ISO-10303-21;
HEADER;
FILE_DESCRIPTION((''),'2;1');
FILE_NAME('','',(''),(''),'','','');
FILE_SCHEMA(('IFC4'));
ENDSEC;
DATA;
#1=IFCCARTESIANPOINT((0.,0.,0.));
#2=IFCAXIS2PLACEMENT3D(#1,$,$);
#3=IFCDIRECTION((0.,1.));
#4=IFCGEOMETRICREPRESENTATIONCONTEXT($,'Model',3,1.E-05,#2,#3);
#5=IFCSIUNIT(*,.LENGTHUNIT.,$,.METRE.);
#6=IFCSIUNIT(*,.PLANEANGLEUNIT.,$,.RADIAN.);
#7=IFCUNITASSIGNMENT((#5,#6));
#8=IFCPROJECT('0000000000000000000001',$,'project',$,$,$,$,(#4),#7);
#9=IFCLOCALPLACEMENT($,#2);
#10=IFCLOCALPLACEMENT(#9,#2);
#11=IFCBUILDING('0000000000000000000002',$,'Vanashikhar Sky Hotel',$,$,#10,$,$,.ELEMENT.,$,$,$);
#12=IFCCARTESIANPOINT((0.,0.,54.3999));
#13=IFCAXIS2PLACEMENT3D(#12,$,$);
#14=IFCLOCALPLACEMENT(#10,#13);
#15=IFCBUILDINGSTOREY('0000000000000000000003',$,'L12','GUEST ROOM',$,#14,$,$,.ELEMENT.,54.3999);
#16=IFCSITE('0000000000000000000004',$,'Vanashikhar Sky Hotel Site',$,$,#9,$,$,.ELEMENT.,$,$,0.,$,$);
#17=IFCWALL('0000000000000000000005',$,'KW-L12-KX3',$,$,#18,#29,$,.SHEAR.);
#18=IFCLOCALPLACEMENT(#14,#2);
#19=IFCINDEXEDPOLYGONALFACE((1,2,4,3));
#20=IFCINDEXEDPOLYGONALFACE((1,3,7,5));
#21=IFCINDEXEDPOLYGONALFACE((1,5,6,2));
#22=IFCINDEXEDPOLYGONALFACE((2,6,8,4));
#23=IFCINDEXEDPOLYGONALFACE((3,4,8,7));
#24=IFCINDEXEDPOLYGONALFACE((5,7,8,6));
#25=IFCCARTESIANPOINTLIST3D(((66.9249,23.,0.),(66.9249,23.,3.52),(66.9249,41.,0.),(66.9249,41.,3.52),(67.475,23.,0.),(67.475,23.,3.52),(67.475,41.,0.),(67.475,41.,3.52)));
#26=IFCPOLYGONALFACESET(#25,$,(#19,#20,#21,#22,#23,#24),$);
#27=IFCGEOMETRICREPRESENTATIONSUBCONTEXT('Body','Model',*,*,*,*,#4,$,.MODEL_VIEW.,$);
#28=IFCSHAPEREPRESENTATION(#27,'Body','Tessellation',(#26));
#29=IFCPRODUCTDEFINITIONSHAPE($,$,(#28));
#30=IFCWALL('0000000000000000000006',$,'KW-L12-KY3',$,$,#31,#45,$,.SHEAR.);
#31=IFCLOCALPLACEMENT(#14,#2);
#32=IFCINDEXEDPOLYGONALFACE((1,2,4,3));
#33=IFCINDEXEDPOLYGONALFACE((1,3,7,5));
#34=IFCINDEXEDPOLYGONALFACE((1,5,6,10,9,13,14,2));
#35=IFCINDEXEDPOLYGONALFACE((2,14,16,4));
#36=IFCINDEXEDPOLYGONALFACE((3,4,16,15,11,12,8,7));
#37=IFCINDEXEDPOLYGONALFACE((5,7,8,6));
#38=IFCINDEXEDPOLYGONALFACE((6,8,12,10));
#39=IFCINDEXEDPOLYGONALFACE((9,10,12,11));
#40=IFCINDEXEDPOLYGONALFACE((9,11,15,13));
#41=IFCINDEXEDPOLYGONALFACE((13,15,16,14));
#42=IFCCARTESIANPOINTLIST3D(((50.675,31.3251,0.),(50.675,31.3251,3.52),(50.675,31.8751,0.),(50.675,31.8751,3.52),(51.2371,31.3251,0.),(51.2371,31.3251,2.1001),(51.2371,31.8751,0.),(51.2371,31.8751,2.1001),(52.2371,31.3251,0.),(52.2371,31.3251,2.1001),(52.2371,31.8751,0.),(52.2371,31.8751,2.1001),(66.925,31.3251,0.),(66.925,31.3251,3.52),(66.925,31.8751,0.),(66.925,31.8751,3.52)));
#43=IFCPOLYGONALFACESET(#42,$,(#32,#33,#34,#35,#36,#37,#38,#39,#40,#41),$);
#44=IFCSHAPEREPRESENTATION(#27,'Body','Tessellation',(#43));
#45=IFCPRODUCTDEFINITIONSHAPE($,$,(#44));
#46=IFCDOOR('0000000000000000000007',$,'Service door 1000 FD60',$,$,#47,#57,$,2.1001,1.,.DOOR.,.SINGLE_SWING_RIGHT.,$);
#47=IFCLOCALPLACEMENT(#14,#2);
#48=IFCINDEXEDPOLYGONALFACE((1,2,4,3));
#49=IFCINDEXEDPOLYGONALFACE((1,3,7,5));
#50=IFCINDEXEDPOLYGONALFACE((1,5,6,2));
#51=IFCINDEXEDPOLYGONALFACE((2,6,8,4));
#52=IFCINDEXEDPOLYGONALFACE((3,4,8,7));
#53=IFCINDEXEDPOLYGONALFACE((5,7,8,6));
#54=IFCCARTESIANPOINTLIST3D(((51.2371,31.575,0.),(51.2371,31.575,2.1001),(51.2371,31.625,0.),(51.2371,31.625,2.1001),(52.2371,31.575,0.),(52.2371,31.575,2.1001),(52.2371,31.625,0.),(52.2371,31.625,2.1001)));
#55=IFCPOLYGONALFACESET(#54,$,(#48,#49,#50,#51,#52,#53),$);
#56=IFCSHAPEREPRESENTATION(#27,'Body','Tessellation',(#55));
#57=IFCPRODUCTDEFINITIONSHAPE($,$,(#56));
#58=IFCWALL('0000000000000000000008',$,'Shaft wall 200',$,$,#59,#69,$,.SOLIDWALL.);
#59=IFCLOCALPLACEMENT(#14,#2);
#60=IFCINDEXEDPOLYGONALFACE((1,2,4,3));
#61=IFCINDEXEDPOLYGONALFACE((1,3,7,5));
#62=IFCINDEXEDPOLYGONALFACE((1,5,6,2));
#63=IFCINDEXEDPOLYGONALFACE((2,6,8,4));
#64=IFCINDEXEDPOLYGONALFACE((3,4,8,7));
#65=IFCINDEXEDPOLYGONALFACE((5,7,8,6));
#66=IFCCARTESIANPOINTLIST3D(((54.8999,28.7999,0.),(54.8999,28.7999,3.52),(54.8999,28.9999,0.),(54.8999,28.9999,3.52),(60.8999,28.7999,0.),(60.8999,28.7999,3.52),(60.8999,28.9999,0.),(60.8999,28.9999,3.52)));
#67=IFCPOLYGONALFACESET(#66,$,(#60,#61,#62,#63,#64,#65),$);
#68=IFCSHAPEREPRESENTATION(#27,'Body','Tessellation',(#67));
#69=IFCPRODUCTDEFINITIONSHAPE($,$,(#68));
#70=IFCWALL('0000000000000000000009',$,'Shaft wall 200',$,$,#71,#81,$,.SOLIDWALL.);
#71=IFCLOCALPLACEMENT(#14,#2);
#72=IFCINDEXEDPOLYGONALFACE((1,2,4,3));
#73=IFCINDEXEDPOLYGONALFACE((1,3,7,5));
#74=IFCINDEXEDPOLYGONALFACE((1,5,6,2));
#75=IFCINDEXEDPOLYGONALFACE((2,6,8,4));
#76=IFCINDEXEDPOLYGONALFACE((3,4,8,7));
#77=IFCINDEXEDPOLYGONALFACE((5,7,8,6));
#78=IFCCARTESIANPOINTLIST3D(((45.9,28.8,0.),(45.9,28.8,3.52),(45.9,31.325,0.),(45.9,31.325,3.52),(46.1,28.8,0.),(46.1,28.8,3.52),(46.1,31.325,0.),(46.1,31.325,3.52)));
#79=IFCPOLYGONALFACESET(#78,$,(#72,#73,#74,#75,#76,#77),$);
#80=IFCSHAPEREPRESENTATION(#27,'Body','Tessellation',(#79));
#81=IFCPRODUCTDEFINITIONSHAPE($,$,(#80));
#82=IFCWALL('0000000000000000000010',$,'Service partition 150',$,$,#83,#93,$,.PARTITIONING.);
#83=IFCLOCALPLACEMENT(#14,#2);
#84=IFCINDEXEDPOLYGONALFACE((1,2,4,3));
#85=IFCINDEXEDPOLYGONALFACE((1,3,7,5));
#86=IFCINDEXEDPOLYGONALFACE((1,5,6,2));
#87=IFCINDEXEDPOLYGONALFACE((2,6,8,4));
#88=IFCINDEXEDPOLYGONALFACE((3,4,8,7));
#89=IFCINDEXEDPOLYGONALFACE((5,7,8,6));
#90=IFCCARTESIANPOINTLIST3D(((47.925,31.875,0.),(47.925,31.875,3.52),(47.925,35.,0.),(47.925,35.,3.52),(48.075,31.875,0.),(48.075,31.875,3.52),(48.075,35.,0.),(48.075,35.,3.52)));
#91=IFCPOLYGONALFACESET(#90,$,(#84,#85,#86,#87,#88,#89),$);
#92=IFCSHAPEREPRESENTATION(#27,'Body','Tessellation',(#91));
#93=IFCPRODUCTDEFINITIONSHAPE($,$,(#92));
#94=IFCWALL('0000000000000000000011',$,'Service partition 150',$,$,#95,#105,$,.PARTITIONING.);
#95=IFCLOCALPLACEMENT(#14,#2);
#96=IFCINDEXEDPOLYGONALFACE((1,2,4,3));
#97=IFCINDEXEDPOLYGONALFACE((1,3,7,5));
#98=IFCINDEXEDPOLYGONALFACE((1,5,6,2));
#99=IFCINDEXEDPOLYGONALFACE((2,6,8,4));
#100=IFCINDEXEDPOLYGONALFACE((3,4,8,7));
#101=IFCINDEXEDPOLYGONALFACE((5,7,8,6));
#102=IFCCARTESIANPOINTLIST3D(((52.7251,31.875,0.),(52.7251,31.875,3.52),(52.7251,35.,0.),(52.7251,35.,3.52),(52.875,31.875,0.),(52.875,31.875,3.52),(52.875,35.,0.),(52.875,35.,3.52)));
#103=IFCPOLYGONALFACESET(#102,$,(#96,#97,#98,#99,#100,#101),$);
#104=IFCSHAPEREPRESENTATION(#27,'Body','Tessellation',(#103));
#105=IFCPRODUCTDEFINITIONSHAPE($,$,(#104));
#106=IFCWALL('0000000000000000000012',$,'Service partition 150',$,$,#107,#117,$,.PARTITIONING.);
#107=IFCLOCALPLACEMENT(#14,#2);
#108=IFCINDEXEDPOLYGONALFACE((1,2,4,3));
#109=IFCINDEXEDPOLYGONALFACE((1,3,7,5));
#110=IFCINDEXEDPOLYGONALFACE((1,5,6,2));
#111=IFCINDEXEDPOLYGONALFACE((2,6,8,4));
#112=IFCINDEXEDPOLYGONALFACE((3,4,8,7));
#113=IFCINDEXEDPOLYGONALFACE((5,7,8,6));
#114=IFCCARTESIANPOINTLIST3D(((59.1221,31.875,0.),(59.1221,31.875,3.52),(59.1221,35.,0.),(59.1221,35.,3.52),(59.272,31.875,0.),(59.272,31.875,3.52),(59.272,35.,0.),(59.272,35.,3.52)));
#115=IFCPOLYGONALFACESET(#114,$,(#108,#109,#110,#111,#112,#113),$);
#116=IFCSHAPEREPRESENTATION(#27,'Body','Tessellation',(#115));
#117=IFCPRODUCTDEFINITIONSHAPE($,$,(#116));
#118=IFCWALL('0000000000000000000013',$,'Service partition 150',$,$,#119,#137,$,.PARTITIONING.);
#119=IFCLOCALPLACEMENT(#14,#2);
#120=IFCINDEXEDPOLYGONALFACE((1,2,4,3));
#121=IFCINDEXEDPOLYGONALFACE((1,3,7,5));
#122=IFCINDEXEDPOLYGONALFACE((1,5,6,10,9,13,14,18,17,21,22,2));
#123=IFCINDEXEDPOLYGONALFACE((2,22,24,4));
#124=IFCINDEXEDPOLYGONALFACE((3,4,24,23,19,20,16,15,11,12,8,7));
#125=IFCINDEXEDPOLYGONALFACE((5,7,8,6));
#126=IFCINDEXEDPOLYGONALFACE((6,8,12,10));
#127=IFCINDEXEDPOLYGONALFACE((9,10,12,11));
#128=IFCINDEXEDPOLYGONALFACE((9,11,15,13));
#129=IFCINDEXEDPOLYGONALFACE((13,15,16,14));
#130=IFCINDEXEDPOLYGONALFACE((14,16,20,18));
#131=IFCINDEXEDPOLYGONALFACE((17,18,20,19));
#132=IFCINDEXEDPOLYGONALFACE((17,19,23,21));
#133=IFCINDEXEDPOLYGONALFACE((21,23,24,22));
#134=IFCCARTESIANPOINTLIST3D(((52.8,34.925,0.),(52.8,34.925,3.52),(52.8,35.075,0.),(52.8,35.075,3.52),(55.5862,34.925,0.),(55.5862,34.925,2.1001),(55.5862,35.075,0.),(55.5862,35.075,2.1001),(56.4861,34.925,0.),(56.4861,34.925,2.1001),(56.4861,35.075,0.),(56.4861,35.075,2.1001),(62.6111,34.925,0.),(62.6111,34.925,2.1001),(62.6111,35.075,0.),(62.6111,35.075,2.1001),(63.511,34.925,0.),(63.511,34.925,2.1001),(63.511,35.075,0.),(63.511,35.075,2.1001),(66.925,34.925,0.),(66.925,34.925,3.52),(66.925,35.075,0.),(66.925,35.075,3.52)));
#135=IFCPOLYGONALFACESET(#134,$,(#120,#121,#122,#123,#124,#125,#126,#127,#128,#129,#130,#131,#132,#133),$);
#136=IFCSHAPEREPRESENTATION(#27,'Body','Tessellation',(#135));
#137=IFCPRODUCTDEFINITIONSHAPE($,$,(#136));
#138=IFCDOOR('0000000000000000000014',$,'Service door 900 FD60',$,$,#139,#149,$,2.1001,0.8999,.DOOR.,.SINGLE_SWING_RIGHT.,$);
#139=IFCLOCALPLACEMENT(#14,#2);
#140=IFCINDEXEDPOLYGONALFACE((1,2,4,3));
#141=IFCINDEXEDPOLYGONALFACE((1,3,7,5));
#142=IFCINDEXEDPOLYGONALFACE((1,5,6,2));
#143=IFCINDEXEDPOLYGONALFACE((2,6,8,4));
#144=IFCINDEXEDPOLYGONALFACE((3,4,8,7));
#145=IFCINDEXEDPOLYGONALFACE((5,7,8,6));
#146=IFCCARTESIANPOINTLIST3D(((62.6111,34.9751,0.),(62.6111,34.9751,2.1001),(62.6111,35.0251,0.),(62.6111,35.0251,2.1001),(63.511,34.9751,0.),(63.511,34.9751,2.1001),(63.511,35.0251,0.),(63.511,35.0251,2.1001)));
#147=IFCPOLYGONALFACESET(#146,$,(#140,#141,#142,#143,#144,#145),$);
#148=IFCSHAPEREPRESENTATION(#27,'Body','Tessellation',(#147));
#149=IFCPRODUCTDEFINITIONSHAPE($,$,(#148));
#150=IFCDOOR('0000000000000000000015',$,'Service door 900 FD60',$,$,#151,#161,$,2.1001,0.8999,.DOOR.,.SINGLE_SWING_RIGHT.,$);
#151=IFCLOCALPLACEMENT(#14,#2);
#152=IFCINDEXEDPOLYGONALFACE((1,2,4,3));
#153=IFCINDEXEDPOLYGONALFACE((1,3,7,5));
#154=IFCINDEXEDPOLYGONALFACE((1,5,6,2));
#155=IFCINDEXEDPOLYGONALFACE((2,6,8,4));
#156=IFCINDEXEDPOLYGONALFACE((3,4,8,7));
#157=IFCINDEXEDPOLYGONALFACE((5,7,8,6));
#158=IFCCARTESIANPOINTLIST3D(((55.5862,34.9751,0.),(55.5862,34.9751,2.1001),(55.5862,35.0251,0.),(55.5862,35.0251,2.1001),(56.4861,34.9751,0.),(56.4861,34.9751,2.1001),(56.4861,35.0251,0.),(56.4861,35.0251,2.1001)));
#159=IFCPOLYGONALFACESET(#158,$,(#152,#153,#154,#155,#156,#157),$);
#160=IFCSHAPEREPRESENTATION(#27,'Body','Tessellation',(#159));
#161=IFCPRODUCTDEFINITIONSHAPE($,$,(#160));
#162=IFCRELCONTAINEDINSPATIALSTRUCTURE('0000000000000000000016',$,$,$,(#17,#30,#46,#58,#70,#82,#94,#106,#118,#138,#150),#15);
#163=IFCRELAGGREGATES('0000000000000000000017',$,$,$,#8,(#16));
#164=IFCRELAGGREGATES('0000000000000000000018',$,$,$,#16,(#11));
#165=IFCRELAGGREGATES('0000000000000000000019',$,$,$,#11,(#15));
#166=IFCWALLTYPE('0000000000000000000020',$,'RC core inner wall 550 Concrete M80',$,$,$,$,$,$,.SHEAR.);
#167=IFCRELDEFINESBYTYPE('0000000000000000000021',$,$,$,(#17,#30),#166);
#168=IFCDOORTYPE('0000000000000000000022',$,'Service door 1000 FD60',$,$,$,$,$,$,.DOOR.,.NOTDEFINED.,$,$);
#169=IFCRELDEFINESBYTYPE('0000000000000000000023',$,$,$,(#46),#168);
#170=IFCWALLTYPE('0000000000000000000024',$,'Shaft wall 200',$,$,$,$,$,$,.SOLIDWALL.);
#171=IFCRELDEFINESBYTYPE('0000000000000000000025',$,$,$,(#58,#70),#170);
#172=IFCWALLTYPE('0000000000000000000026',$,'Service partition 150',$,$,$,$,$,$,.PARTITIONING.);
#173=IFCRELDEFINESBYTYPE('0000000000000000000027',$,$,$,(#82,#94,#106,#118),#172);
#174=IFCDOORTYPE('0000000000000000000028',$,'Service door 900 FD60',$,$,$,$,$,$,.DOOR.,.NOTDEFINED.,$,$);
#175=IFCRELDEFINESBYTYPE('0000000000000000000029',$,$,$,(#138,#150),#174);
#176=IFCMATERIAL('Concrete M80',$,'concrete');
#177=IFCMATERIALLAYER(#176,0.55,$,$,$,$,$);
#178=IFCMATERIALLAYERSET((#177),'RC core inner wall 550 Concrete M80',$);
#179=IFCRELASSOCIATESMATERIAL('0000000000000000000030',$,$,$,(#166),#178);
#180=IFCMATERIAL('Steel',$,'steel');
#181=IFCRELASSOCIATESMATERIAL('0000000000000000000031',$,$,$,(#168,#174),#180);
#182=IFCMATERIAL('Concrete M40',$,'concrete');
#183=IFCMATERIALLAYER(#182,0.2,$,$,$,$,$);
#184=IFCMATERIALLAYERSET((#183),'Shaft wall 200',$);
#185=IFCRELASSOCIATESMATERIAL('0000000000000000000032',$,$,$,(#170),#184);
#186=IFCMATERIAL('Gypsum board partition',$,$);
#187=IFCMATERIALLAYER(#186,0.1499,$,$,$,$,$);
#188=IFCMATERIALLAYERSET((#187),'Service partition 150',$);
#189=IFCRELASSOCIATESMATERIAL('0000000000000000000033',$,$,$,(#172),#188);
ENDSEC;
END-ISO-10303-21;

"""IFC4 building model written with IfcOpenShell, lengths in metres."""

from ifc_helpers import new_model, si_unit, direction, frame, frame_2d, origin, place, context, subcontext, project, spatial, rectangle, extrude, source, transform, mapped, material, layer, layer_set, type_object, element, fill, save


model = new_model("IFC4")

# Units and contexts
model_context = context("Model", 3, precision=1e-05, world=origin(), true_north=direction((0.0, 1.0)))
body_context = subcontext(model_context, "Body", "Model", "MODEL_VIEW")
ifc_project = project(units=[si_unit("LENGTHUNIT", "METRE"), si_unit("PLANEANGLEUNIT", "RADIAN")], contexts=[model_context])

# Site, building, storey
site_placement = place(None, origin())
site = spatial("IfcSite", under=ifc_project, at=site_placement, Name="Vanashikhar Sky Hotel Site", CompositionType="ELEMENT", RefElevation=0.0)
building_placement = place(site_placement, origin())
building = spatial("IfcBuilding", under=site, at=building_placement, Name="Vanashikhar Sky Hotel", CompositionType="ELEMENT")
storey_placement = place(building_placement, frame((0.0, 0.0, 54.3999)))
storey = spatial("IfcBuildingStorey", under=building, at=storey_placement, Name="L12", Description="GUEST ROOM", CompositionType="ELEMENT", Elevation=54.3999)

# Wall
ifc_material_1 = material(Name="Concrete M80", Category="concrete")
ifc_layer_1 = layer(ifc_material_1, 0.55)
ifc_layer_set_1 = layer_set([ifc_layer_1], Name="RC core inner wall 550 Concrete M80")
wall_type_1 = type_object("IfcWallType", Name="RC core inner wall 550 Concrete M80", PredefinedType="SHEAR", material=ifc_layer_set_1)
shared_shape_1 = source(origin(), body_context, "Body", "SweptSolid", [
    extrude(rectangle(XDim=18.0, YDim=0.55, at=frame_2d((9.0, 0.0))), origin(), (0.0, 0.0, 1.0), 3.52),
])
wall_1_placement = place(storey_placement, frame((67.2, 23.0, 0.0), z_axis=(0.0, 0.0, 1.0), x_axis=(0.0, 1.0, 0.0)))
element("IfcWall", 1, at=wall_1_placement, inside=storey, type_object=wall_type_1, Name="KW-L12-KX3", PredefinedType="SHEAR", context=body_context, shape_type="MappedRepresentation", body=[
    mapped(shared_shape_1, transform((0.0, 0.0, 0.0), scale=1.0)),
])

# Wall, opening, door
shared_shape_2 = source(origin(), body_context, "Body", "SweptSolid", [
    extrude(rectangle(XDim=16.25, YDim=0.55, at=frame_2d((8.125, 0.0))), origin(), (0.0, 0.0, 1.0), 3.52),
])
wall_2_placement = place(storey_placement, frame((50.675, 31.6001, 0.0), z_axis=(0.0, 0.0, 1.0), x_axis=(1.0, 0.0, 0.0)))
wall_2 = element("IfcWall", 2, at=wall_2_placement, inside=storey, type_object=wall_type_1, Name="KW-L12-KY3", PredefinedType="SHEAR", context=body_context, shape_type="MappedRepresentation", body=[
    mapped(shared_shape_2, transform((0.0, 0.0, 0.0), scale=1.0)),
])
shared_shape_3 = source(origin(), body_context, "Body", "SweptSolid", [
    extrude(rectangle(XDim=1.0, YDim=2.1001, at=frame_2d((0.5, 1.05))), frame((0.0, 0.2852, 0.0), z_axis=(0.0, -1.0, 0.0), x_axis=(1.0, 0.0, 0.0)), (0.0, 0.0, 1.0), 0.5701),
])
opening_1_placement = place(wall_2_placement, frame((0.562, 0.0, 0.0)))
opening_1 = element("IfcOpeningElement", 3, at=opening_1_placement, cuts=wall_2, PredefinedType="OPENING", context=body_context, shape_type="MappedRepresentation", body=[
    mapped(shared_shape_3, transform((0.0, 0.0, 0.0), scale=1.0)),
])
ifc_material_2 = material(Name="Steel", Category="steel")
door_type_1 = type_object("IfcDoorType", Name="Service door 1000 FD60", OperationType="NOTDEFINED", PredefinedType="DOOR", material=ifc_material_2)
shared_shape_4 = source(origin(), body_context, "Body", "SweptSolid", [
    extrude(rectangle(XDim=1.0, YDim=2.1001, at=frame_2d((0.5, 1.05))), frame((0.0, 0.0249, 0.0), z_axis=(0.0, -1.0, 0.0), x_axis=(1.0, 0.0, 0.0)), (0.0, 0.0, 1.0), 0.05),
])
door_1_placement = place(opening_1_placement, origin())
door_1 = element("IfcDoor", 4, at=door_1_placement, inside=storey, type_object=door_type_1, Name="Service door 1000 FD60", OperationType="SINGLE_SWING_RIGHT", OverallHeight=2.1001, OverallWidth=1.0, PredefinedType="DOOR", context=body_context, shape_type="MappedRepresentation", body=[
    mapped(shared_shape_4, transform((0.0, 0.0, 0.0), scale=1.0)),
])
fill(opening_1, door_1)

# Walls
ifc_material_3 = material(Name="Concrete M40", Category="concrete")
ifc_layer_2 = layer(ifc_material_3, 0.2)
ifc_layer_set_2 = layer_set([ifc_layer_2], Name="Shaft wall 200")
wall_type_2 = type_object("IfcWallType", Name="Shaft wall 200", PredefinedType="SOLIDWALL", material=ifc_layer_set_2)
shared_shape_5 = source(origin(), body_context, "Body", "SweptSolid", [
    extrude(rectangle(XDim=6.0, YDim=0.2, at=frame_2d((3.0, 0.0))), origin(), (0.0, 0.0, 1.0), 3.52),
])
wall_3_placement = place(storey_placement, frame((60.8999, 28.8999, 0.0), z_axis=(0.0, 0.0, 1.0), x_axis=(-1.0, 0.0, 0.0)))
element("IfcWall", 5, at=wall_3_placement, inside=storey, type_object=wall_type_2, Name="Shaft wall 200", PredefinedType="SOLIDWALL", context=body_context, shape_type="MappedRepresentation", body=[
    mapped(shared_shape_5, transform((0.0, 0.0, 0.0), scale=1.0)),
])
shared_shape_6 = source(origin(), body_context, "Body", "SweptSolid", [
    extrude(rectangle(XDim=2.5249, YDim=0.2, at=frame_2d((1.2625, 0.0))), origin(), (0.0, 0.0, 1.0), 3.52),
])
wall_4_placement = place(storey_placement, frame((46.0, 28.8, 0.0), z_axis=(0.0, 0.0, 1.0), x_axis=(0.0, 1.0, 0.0)))
element("IfcWall", 6, at=wall_4_placement, inside=storey, type_object=wall_type_2, Name="Shaft wall 200", PredefinedType="SOLIDWALL", context=body_context, shape_type="MappedRepresentation", body=[
    mapped(shared_shape_6, transform((0.0, 0.0, 0.0), scale=1.0)),
])
ifc_material_4 = material(Name="Gypsum board partition")
ifc_layer_3 = layer(ifc_material_4, 0.1499)
ifc_layer_set_3 = layer_set([ifc_layer_3], Name="Service partition 150")
wall_type_3 = type_object("IfcWallType", Name="Service partition 150", PredefinedType="PARTITIONING", material=ifc_layer_set_3)
shared_shape_7 = source(origin(), body_context, "Body", "SweptSolid", [
    extrude(rectangle(XDim=3.125, YDim=0.1499, at=frame_2d((1.5625, 0.0))), origin(), (0.0, 0.0, 1.0), 3.52),
])
for number, where, z_axis, x_axis, name in (
    (7, (48.0, 31.875, 0.0), (0.0, 0.0, 1.0), (0.0, 1.0, 0.0), "Service partition 150"),
    (8, (52.8, 31.875, 0.0), (0.0, 0.0, 1.0), (0.0, 1.0, 0.0), "Service partition 150"),
    (9, (59.197, 31.875, 0.0), (0.0, 0.0, 1.0), (0.0, 1.0, 0.0), "Service partition 150"),
):
    element("IfcWall", number, at=place(storey_placement, frame(where, z_axis=z_axis, x_axis=x_axis)), inside=storey, type_object=wall_type_3, Name=name, PredefinedType="PARTITIONING", context=body_context, shape_type="MappedRepresentation", body=[
        mapped(shared_shape_7, transform((0.0, 0.0, 0.0), scale=1.0)),
    ])

# Wall, openings, doors
shared_shape_8 = source(origin(), body_context, "Body", "SweptSolid", [
    extrude(rectangle(XDim=14.125, YDim=0.1499, at=frame_2d((7.0625, 0.0))), origin(), (0.0, 0.0, 1.0), 3.52),
])
wall_5_placement = place(storey_placement, frame((66.925, 35.0, 0.0), z_axis=(0.0, 0.0, 1.0), x_axis=(-1.0, 0.0, 0.0)))
wall_5 = element("IfcWall", 10, at=wall_5_placement, inside=storey, type_object=wall_type_3, Name="Service partition 150", PredefinedType="PARTITIONING", context=body_context, shape_type="MappedRepresentation", body=[
    mapped(shared_shape_8, transform((0.0, 0.0, 0.0), scale=1.0)),
])
shared_shape_9 = source(origin(), body_context, "Body", "SweptSolid", [
    extrude(rectangle(XDim=0.8999, YDim=2.1001, at=frame_2d((0.45, 1.05))), frame((0.0, 0.085, 0.0), z_axis=(0.0, -1.0, 0.0), x_axis=(1.0, 0.0, 0.0)), (0.0, 0.0, 1.0), 0.1699),
])
opening_2_placement = place(wall_5_placement, frame((3.4141, 0.0, 0.0)))
opening_2 = element("IfcOpeningElement", 11, at=opening_2_placement, cuts=wall_5, PredefinedType="OPENING", context=body_context, shape_type="MappedRepresentation", body=[
    mapped(shared_shape_9, transform((0.0, 0.0, 0.0), scale=1.0)),
])
opening_3_placement = place(wall_5_placement, frame((10.439, 0.0, 0.0)))
opening_3 = element("IfcOpeningElement", 12, at=opening_3_placement, cuts=wall_5, PredefinedType="OPENING", context=body_context, shape_type="MappedRepresentation", body=[
    mapped(shared_shape_9, transform((0.0, 0.0, 0.0), scale=1.0)),
])
door_type_2 = type_object("IfcDoorType", Name="Service door 900 FD60", OperationType="NOTDEFINED", PredefinedType="DOOR", material=ifc_material_2)
shared_shape_10 = source(origin(), body_context, "Body", "SweptSolid", [
    extrude(rectangle(XDim=0.8999, YDim=2.1001, at=frame_2d((0.45, 1.05))), frame((0.0, 0.0249, 0.0), z_axis=(0.0, -1.0, 0.0), x_axis=(1.0, 0.0, 0.0)), (0.0, 0.0, 1.0), 0.05),
])
door_2_placement = place(opening_2_placement, origin())
door_2 = element("IfcDoor", 13, at=door_2_placement, inside=storey, type_object=door_type_2, Name="Service door 900 FD60", OperationType="SINGLE_SWING_RIGHT", OverallHeight=2.1001, OverallWidth=0.8999, PredefinedType="DOOR", context=body_context, shape_type="MappedRepresentation", body=[
    mapped(shared_shape_10, transform((0.0, 0.0, 0.0), scale=1.0)),
])
fill(opening_2, door_2)
door_3_placement = place(opening_3_placement, origin())
door_3 = element("IfcDoor", 14, at=door_3_placement, inside=storey, type_object=door_type_2, Name="Service door 900 FD60", OperationType="SINGLE_SWING_RIGHT", OverallHeight=2.1001, OverallWidth=0.8999, PredefinedType="DOOR", context=body_context, shape_type="MappedRepresentation", body=[
    mapped(shared_shape_10, transform((0.0, 0.0, 0.0), scale=1.0)),
])
fill(opening_3, door_3)

save(model, "model.ifc")
